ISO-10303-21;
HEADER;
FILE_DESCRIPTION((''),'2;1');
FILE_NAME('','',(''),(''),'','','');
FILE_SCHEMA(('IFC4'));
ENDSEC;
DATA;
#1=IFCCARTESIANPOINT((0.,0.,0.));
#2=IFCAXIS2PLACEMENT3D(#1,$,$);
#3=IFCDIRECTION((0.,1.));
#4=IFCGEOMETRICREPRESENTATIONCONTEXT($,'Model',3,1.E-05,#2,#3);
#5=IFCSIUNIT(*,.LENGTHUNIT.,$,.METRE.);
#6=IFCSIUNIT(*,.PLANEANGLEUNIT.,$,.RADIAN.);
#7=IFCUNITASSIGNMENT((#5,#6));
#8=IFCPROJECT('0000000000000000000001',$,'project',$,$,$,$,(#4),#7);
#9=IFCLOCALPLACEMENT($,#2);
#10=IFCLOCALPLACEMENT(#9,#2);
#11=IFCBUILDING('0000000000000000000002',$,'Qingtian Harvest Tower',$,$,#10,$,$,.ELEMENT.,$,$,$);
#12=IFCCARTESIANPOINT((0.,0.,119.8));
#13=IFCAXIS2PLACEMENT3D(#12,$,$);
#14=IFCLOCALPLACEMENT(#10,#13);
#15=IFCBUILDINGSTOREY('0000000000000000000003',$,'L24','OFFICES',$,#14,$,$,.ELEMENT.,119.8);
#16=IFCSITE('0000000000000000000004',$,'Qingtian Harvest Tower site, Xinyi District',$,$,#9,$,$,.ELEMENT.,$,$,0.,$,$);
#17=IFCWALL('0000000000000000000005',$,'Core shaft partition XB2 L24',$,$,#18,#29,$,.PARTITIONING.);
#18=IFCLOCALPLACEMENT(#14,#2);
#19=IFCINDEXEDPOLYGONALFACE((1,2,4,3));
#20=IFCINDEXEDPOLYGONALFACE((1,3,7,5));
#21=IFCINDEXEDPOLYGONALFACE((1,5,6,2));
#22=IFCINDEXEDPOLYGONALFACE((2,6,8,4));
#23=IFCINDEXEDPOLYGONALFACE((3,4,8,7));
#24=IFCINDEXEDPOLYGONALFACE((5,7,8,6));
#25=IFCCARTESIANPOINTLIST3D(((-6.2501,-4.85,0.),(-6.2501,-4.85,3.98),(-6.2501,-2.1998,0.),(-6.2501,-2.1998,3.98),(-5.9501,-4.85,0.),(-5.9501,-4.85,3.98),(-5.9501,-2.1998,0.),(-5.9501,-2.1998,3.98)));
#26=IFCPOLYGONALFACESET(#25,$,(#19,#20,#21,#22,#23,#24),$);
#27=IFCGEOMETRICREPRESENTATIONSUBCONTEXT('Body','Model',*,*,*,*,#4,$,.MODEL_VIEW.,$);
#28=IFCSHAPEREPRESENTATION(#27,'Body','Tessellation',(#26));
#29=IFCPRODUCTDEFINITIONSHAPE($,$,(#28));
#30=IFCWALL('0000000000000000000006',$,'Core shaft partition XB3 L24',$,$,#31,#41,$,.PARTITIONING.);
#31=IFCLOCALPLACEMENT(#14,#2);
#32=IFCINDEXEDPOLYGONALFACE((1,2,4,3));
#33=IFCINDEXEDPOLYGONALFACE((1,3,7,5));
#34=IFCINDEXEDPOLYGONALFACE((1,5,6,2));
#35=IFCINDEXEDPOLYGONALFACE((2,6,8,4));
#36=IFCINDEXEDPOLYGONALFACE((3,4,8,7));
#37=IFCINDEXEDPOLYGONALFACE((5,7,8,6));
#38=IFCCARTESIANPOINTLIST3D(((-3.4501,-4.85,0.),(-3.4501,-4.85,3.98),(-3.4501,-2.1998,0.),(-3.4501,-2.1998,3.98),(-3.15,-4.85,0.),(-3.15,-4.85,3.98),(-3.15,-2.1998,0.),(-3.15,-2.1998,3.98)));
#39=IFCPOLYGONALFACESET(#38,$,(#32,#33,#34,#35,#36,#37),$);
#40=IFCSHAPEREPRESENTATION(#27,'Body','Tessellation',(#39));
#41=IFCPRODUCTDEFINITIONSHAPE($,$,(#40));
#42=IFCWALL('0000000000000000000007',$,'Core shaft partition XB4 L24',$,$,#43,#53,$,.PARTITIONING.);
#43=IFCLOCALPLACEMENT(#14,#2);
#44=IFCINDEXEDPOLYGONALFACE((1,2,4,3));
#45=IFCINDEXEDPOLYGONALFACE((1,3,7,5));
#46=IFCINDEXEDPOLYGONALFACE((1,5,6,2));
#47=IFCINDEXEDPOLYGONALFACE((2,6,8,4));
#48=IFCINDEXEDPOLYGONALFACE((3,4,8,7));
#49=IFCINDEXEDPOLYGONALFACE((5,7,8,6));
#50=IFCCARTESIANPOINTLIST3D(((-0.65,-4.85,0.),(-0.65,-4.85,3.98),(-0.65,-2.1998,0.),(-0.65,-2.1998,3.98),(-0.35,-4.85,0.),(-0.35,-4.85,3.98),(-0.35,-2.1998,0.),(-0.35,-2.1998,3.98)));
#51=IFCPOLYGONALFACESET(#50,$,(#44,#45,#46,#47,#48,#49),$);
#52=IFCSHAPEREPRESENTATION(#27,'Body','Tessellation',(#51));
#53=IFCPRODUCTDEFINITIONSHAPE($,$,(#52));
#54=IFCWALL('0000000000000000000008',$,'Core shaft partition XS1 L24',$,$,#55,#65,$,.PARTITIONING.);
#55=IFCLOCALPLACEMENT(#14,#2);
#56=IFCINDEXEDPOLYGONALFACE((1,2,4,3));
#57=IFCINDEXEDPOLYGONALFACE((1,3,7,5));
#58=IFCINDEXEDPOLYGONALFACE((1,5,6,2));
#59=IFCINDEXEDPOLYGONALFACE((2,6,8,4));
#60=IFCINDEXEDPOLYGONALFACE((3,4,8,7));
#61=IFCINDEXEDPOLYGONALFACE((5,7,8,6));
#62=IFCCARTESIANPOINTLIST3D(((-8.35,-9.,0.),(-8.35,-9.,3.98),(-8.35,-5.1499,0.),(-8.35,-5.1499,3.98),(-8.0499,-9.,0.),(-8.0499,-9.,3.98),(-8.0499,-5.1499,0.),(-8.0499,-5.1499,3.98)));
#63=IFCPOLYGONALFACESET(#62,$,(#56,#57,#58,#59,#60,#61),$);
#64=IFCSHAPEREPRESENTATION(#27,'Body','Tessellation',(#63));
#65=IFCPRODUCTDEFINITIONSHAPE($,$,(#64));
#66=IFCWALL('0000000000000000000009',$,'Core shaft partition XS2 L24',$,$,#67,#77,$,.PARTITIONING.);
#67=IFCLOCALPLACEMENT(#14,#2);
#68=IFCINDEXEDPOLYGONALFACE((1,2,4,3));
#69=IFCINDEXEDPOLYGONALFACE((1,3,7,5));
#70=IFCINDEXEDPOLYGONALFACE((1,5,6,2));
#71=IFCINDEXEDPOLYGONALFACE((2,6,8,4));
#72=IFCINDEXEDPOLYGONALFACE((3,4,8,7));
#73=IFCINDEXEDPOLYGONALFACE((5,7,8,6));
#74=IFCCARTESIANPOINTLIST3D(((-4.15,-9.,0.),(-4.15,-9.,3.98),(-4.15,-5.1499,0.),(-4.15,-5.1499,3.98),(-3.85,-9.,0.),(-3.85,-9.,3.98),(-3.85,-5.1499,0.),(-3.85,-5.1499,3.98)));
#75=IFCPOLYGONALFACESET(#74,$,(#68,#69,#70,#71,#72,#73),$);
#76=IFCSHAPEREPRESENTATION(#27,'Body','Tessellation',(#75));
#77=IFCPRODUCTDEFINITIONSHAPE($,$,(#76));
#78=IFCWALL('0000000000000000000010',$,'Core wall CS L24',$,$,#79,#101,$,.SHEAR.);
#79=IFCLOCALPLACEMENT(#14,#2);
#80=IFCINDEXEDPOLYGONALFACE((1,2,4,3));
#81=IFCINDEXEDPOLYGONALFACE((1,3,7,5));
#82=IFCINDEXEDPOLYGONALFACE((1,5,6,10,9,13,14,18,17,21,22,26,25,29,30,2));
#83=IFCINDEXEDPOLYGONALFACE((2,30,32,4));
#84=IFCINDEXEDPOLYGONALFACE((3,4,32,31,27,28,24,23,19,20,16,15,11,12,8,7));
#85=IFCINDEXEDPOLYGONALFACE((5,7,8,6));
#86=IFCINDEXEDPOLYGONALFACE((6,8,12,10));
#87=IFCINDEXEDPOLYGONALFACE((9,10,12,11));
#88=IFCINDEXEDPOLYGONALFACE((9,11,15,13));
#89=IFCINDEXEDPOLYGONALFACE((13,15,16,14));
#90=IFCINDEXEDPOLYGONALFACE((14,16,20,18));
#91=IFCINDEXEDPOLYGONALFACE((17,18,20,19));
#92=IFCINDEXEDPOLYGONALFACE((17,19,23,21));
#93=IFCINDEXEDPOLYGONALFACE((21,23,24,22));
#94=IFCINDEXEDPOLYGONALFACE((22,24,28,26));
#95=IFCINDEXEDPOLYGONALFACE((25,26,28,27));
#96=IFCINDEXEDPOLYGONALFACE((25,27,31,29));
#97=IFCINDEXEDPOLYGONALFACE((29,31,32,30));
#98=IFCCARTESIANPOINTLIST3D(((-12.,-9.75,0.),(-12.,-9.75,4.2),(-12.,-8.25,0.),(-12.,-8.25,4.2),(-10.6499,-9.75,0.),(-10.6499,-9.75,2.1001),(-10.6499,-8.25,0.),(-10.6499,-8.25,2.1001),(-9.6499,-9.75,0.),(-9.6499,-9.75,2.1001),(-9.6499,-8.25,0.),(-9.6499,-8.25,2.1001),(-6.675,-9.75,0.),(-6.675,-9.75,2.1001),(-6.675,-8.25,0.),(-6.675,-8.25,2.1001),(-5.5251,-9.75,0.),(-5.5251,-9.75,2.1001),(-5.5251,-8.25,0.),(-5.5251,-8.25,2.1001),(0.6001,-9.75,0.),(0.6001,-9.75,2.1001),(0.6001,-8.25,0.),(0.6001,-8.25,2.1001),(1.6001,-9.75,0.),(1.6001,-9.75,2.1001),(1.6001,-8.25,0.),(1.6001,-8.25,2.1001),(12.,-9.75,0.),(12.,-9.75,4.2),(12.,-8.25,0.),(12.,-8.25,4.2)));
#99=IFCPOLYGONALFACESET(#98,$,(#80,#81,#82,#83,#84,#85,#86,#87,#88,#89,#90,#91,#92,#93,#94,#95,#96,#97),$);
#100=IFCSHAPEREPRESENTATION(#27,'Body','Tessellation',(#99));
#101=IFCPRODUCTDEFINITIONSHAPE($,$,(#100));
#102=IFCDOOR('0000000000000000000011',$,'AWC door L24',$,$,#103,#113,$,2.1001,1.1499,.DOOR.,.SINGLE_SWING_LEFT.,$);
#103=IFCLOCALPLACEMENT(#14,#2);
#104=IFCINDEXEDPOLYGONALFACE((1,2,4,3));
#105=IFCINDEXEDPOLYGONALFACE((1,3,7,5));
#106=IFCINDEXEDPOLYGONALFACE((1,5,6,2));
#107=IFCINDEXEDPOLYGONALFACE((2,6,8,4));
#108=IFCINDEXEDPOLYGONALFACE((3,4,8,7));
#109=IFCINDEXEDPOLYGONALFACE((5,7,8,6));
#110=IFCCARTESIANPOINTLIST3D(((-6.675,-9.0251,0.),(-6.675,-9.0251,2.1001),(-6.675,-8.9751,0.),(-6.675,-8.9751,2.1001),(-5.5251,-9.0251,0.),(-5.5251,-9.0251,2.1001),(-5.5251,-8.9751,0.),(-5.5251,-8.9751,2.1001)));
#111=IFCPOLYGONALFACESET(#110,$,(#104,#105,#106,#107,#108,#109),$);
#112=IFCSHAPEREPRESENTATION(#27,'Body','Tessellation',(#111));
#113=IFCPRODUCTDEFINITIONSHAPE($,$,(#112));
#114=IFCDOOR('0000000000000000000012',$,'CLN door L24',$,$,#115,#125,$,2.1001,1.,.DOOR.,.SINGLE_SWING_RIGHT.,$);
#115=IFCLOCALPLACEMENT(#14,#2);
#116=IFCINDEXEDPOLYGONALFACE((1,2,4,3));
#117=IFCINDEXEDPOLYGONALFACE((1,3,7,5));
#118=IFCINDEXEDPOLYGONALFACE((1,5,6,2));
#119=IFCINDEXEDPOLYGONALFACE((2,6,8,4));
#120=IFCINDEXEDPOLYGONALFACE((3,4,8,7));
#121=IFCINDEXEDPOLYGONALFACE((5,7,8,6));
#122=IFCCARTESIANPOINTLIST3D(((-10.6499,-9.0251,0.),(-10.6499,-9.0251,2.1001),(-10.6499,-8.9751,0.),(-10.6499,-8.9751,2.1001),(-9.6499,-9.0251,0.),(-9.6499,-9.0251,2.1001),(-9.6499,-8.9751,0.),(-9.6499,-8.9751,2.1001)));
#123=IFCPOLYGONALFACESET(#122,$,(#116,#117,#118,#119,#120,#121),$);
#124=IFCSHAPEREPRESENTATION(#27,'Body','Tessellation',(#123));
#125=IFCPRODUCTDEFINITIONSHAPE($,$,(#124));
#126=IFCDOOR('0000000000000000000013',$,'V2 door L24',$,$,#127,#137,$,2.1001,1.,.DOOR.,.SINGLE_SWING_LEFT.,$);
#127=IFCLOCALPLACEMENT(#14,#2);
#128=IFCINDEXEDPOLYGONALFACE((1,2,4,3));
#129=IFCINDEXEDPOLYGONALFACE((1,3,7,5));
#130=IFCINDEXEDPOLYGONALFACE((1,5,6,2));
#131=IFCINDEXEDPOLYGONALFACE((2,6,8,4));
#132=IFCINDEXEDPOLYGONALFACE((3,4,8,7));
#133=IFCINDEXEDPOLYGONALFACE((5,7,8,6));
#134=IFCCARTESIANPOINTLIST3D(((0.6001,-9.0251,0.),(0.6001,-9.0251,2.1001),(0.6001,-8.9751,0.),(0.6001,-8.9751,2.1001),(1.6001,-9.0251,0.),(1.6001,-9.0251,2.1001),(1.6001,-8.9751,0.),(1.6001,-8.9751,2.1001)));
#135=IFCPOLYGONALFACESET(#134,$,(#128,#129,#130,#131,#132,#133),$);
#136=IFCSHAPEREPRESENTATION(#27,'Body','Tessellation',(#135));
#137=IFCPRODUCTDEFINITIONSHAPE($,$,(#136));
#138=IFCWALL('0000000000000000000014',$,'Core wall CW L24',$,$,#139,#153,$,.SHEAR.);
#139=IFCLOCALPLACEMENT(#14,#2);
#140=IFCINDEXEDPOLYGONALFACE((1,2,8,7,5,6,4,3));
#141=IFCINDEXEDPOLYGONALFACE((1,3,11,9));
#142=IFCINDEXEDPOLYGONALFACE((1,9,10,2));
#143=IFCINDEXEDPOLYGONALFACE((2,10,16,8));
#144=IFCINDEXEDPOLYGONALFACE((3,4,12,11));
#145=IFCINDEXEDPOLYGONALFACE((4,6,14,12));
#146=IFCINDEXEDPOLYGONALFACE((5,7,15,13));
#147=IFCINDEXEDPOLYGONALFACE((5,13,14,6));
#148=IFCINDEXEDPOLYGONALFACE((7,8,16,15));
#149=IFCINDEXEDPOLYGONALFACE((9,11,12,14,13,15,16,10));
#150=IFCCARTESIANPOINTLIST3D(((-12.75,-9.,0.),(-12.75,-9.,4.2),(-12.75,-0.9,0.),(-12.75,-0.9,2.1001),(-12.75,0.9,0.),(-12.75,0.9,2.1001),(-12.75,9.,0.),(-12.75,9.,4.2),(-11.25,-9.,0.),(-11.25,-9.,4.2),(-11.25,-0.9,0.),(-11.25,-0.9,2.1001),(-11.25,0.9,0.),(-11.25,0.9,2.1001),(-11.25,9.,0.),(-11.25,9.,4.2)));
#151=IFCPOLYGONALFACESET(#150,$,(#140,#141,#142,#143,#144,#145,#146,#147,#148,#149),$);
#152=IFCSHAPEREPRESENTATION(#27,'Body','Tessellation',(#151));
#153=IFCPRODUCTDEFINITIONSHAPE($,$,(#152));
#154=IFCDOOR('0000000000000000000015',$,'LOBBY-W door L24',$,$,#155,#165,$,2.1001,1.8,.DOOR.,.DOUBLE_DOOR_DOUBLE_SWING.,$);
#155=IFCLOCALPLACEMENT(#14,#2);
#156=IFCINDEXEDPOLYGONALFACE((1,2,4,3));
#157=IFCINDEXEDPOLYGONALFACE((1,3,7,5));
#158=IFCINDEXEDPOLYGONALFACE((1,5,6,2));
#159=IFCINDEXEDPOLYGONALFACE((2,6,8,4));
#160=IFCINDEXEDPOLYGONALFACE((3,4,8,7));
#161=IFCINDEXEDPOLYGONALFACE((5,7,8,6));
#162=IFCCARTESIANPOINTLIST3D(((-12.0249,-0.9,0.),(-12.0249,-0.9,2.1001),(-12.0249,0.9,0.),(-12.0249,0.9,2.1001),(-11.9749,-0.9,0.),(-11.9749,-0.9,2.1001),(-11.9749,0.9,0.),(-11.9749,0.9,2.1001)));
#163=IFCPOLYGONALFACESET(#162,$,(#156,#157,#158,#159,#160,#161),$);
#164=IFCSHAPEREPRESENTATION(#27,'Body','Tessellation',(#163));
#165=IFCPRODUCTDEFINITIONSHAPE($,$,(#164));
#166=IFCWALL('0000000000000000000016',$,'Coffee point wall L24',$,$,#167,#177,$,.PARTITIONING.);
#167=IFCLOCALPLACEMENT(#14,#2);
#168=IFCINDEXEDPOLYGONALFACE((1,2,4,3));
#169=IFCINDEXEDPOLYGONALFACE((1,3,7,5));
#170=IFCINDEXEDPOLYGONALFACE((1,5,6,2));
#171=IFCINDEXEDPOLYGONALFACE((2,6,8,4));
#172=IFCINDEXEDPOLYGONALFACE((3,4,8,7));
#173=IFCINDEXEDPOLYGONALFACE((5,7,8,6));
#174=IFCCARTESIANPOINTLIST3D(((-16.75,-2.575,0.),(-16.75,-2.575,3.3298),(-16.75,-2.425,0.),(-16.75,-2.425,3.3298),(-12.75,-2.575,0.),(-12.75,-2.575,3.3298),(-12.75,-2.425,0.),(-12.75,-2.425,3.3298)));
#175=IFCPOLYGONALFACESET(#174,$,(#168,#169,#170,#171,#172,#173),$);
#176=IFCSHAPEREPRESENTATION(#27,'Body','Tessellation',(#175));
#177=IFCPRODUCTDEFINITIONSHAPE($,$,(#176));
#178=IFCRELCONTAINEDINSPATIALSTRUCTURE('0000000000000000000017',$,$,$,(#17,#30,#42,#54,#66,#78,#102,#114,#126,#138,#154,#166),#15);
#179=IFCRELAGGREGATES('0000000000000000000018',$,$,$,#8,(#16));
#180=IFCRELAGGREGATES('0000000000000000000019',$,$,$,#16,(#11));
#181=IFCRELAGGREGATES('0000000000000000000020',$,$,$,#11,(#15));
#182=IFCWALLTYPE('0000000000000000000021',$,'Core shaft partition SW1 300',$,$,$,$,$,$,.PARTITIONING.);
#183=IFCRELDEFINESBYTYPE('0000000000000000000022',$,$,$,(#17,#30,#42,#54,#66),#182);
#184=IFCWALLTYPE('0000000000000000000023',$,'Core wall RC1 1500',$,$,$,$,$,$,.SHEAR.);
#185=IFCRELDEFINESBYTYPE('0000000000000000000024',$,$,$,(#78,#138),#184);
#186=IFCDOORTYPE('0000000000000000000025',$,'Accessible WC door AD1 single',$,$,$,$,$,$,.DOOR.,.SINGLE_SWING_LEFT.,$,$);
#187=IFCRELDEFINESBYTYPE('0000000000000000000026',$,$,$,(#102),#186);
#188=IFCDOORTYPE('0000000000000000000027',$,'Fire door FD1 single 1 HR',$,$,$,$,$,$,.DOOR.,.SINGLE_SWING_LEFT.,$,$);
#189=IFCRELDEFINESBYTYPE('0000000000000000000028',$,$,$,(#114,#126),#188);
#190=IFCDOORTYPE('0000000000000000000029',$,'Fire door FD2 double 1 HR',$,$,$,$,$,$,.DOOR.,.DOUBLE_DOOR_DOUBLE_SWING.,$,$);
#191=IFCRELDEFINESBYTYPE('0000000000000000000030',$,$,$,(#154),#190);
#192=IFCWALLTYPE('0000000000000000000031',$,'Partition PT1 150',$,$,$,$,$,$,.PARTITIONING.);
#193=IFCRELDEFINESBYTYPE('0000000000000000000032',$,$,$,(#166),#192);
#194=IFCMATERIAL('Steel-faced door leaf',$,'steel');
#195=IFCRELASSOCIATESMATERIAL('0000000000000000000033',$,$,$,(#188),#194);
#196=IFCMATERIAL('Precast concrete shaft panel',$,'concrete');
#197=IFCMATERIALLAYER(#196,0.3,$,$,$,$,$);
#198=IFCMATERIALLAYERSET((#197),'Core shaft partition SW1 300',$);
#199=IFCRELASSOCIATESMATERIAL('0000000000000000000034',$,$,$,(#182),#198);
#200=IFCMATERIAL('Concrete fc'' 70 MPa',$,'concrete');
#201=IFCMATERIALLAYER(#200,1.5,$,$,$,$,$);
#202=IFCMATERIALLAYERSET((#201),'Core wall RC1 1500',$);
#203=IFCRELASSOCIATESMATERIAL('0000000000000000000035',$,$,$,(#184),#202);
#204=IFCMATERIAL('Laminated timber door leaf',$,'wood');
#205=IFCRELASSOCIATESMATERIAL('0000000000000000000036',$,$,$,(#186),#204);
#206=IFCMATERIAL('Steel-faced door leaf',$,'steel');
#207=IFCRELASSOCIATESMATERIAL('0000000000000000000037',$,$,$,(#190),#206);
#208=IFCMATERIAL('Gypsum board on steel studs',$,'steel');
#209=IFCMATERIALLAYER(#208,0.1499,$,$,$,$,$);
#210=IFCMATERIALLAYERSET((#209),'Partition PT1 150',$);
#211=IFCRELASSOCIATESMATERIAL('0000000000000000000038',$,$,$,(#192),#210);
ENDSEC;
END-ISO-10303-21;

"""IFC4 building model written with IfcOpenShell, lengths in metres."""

from ifc_helpers import new_model, si_unit, direction, frame, frame_2d, origin, place, context, subcontext, project, spatial, rectangle, extrude, material, layer, layer_set, type_object, element, fill, save


model = new_model("IFC4")

# Units and contexts
model_context = context("Model", 3, precision=1e-05, world=origin(), true_north=direction((0.0, 1.0)))
body_context = subcontext(model_context, "Body", "Model", "MODEL_VIEW")
ifc_project = project(units=[si_unit("LENGTHUNIT", "METRE"), si_unit("PLANEANGLEUNIT", "RADIAN")], contexts=[model_context])

# Site, building, storey
site_placement = place(None, origin())
site = spatial("IfcSite", under=ifc_project, at=site_placement, Name="Qingtian Harvest Tower site, Xinyi District", CompositionType="ELEMENT", RefElevation=0.0)
building_placement = place(site_placement, origin())
building = spatial("IfcBuilding", under=site, at=building_placement, Name="Qingtian Harvest Tower", CompositionType="ELEMENT")
storey_placement = place(building_placement, frame((0.0, 0.0, 119.8)))
storey = spatial("IfcBuildingStorey", under=building, at=storey_placement, Name="L24", Description="OFFICES", CompositionType="ELEMENT", Elevation=119.8)

# Shared definitions
ifc_material_1 = material(Name="Steel-faced door leaf", Category="steel")
door_type_1 = type_object("IfcDoorType", Name="Fire door FD1 single 1 HR", OperationType="SINGLE_SWING_LEFT", PredefinedType="DOOR", material=ifc_material_1)

# Walls
ifc_material_2 = material(Name="Precast concrete shaft panel", Category="concrete")
ifc_layer_1 = layer(ifc_material_2, 0.3)
ifc_layer_set_1 = layer_set([ifc_layer_1], Name="Core shaft partition SW1 300")
wall_type_1 = type_object("IfcWallType", Name="Core shaft partition SW1 300", PredefinedType="PARTITIONING", material=ifc_layer_set_1)
for number, where, z_axis, x_axis, name in (
    (1, (-6.1001, -4.8501, 0.0), (0.0, 0.0, 1.0), (0.0, 1.0, 0.0), "Core shaft partition XB2 L24"),
    (2, (-3.3, -4.8501, 0.0), (0.0, 0.0, 1.0), (0.0, 1.0, 0.0), "Core shaft partition XB3 L24"),
    (3, (-0.5, -4.8501, 0.0), (0.0, 0.0, 1.0), (0.0, 1.0, 0.0), "Core shaft partition XB4 L24"),
):
    element("IfcWall", number, at=place(storey_placement, frame(where, z_axis=z_axis, x_axis=x_axis)), inside=storey, type_object=wall_type_1, Name=name, PredefinedType="PARTITIONING", context=body_context, shape_type="SweptSolid", body=[
        extrude(rectangle(XDim=2.6501, YDim=0.3, at=frame_2d((1.3252, 0.0))), origin(), (0.0, 0.0, 1.0), 3.98),
    ])
for number, where, z_axis, x_axis, name in (
    (4, (-8.2, -9.0, 0.0), (0.0, 0.0, 1.0), (0.0, 1.0, 0.0), "Core shaft partition XS1 L24"),
    (5, (-4.0, -9.0, 0.0), (0.0, 0.0, 1.0), (0.0, 1.0, 0.0), "Core shaft partition XS2 L24"),
):
    element("IfcWall", number, at=place(storey_placement, frame(where, z_axis=z_axis, x_axis=x_axis)), inside=storey, type_object=wall_type_1, Name=name, PredefinedType="PARTITIONING", context=body_context, shape_type="SweptSolid", body=[
        extrude(rectangle(XDim=3.8501, YDim=0.3, at=frame_2d((1.925, 0.0))), origin(), (0.0, 0.0, 1.0), 3.98),
    ])

# Wall, openings, doors
ifc_material_3 = material(Name="Concrete fc' 70 MPa", Category="concrete")
ifc_layer_2 = layer(ifc_material_3, 1.5)
ifc_layer_set_2 = layer_set([ifc_layer_2], Name="Core wall RC1 1500")
wall_type_2 = type_object("IfcWallType", Name="Core wall RC1 1500", PredefinedType="SHEAR", material=ifc_layer_set_2)
wall_1_placement = place(storey_placement, frame((-12.0, -9.0, 0.0), z_axis=(0.0, 0.0, 1.0), x_axis=(1.0, 0.0, 0.0)))
wall_1 = element("IfcWall", 6, at=wall_1_placement, inside=storey, type_object=wall_type_2, Name="Core wall CS L24", PredefinedType="SHEAR", context=body_context, shape_type="SweptSolid", body=[
    extrude(rectangle(XDim=24.0, YDim=1.5, at=frame_2d((12.0, 0.0))), origin(), (0.0, 0.0, 1.0), 4.2),
])
opening_1_placement = place(wall_1_placement, frame((1.3501, 0.0, 0.0)))
opening_1 = element("IfcOpeningElement", 7, at=opening_1_placement, cuts=wall_1, PredefinedType="OPENING", context=body_context, shape_type="SweptSolid", body=[
    extrude(rectangle(XDim=1.0, YDim=2.1001, at=frame_2d((0.5, 1.05))), frame((0.0, 0.76, 0.0), z_axis=(0.0, -1.0, 0.0), x_axis=(1.0, 0.0, 0.0)), (0.0, 0.0, 1.0), 1.52),
])
opening_2_placement = place(wall_1_placement, frame((5.325, 0.0, 0.0)))
opening_2 = element("IfcOpeningElement", 8, at=opening_2_placement, cuts=wall_1, PredefinedType="OPENING", context=body_context, shape_type="SweptSolid", body=[
    extrude(rectangle(XDim=1.1499, YDim=2.1001, at=frame_2d((0.575, 1.05))), frame((0.0, 0.76, 0.0), z_axis=(0.0, -1.0, 0.0), x_axis=(1.0, 0.0, 0.0)), (0.0, 0.0, 1.0), 1.52),
])
opening_3_placement = place(wall_1_placement, frame((12.6001, 0.0, 0.0)))
opening_3 = element("IfcOpeningElement", 9, at=opening_3_placement, cuts=wall_1, PredefinedType="OPENING", context=body_context, shape_type="SweptSolid", body=[
    extrude(rectangle(XDim=1.0, YDim=2.1001, at=frame_2d((0.5, 1.05))), frame((0.0, 0.76, 0.0), z_axis=(0.0, -1.0, 0.0), x_axis=(1.0, 0.0, 0.0)), (0.0, 0.0, 1.0), 1.52),
])
ifc_material_4 = material(Name="Laminated timber door leaf", Category="wood")
door_type_2 = type_object("IfcDoorType", Name="Accessible WC door AD1 single", OperationType="SINGLE_SWING_LEFT", PredefinedType="DOOR", material=ifc_material_4)
door_1_placement = place(opening_2_placement, origin())
door_1 = element("IfcDoor", 10, at=door_1_placement, inside=storey, type_object=door_type_2, Name="AWC door L24", OperationType="SINGLE_SWING_LEFT", OverallHeight=2.1001, OverallWidth=1.1499, PredefinedType="DOOR", context=body_context, shape_type="SweptSolid", body=[
    extrude(rectangle(XDim=1.1499, YDim=2.1001, at=frame_2d((0.575, 1.05))), frame((0.0, 0.0249, 0.0), z_axis=(0.0, -1.0, 0.0), x_axis=(1.0, 0.0, 0.0)), (0.0, 0.0, 1.0), 0.05),
])
fill(opening_2, door_1)
door_2_placement = place(opening_1_placement, origin())
door_2 = element("IfcDoor", 11, at=door_2_placement, inside=storey, type_object=door_type_1, Name="CLN door L24", OperationType="SINGLE_SWING_RIGHT", OverallHeight=2.1001, OverallWidth=1.0, PredefinedType="DOOR", context=body_context, shape_type="SweptSolid", body=[
    extrude(rectangle(XDim=1.0, YDim=2.1001, at=frame_2d((0.5, 1.05))), frame((0.0, 0.0249, 0.0), z_axis=(0.0, -1.0, 0.0), x_axis=(1.0, 0.0, 0.0)), (0.0, 0.0, 1.0), 0.05),
])
fill(opening_1, door_2)
door_3_placement = place(opening_3_placement, origin())
door_3 = element("IfcDoor", 12, at=door_3_placement, inside=storey, type_object=door_type_1, Name="V2 door L24", OperationType="SINGLE_SWING_LEFT", OverallHeight=2.1001, OverallWidth=1.0, PredefinedType="DOOR", context=body_context, shape_type="SweptSolid", body=[
    extrude(rectangle(XDim=1.0, YDim=2.1001, at=frame_2d((0.5, 1.05))), frame((0.0, 0.0249, 0.0), z_axis=(0.0, -1.0, 0.0), x_axis=(1.0, 0.0, 0.0)), (0.0, 0.0, 1.0), 0.05),
])
fill(opening_3, door_3)

# Wall, opening, door
wall_2_placement = place(storey_placement, frame((-12.0, -9.0, 0.0), z_axis=(0.0, 0.0, 1.0), x_axis=(0.0, 1.0, 0.0)))
wall_2 = element("IfcWall", 13, at=wall_2_placement, inside=storey, type_object=wall_type_2, Name="Core wall CW L24", PredefinedType="SHEAR", context=body_context, shape_type="SweptSolid", body=[
    extrude(rectangle(XDim=18.0, YDim=1.5, at=frame_2d((9.0, 0.0))), origin(), (0.0, 0.0, 1.0), 4.2),
])
opening_4_placement = place(wall_2_placement, frame((8.1001, 0.0, 0.0)))
opening_4 = element("IfcOpeningElement", 14, at=opening_4_placement, cuts=wall_2, PredefinedType="OPENING", context=body_context, shape_type="SweptSolid", body=[
    extrude(rectangle(XDim=1.8, YDim=2.1001, at=frame_2d((0.8999, 1.05))), frame((0.0, 0.76, 0.0), z_axis=(0.0, -1.0, 0.0), x_axis=(1.0, 0.0, 0.0)), (0.0, 0.0, 1.0), 1.52),
])
ifc_material_5 = material(Name="Steel-faced door leaf", Category="steel")
door_type_3 = type_object("IfcDoorType", Name="Fire door FD2 double 1 HR", OperationType="DOUBLE_DOOR_DOUBLE_SWING", PredefinedType="DOOR", material=ifc_material_5)
door_4_placement = place(opening_4_placement, origin())
door_4 = element("IfcDoor", 15, at=door_4_placement, inside=storey, type_object=door_type_3, Name="LOBBY-W door L24", OperationType="DOUBLE_DOOR_DOUBLE_SWING", OverallHeight=2.1001, OverallWidth=1.8, PredefinedType="DOOR", context=body_context, shape_type="SweptSolid", body=[
    extrude(rectangle(XDim=1.8, YDim=2.1001, at=frame_2d((0.8999, 1.05))), frame((0.0, 0.0249, 0.0), z_axis=(0.0, -1.0, 0.0), x_axis=(1.0, 0.0, 0.0)), (0.0, 0.0, 1.0), 0.05),
])
fill(opening_4, door_4)
ifc_material_6 = material(Name="Gypsum board on steel studs", Category="steel")
ifc_layer_3 = layer(ifc_material_6, 0.1499)
ifc_layer_set_3 = layer_set([ifc_layer_3], Name="Partition PT1 150")
wall_type_3 = type_object("IfcWallType", Name="Partition PT1 150", PredefinedType="PARTITIONING", material=ifc_layer_set_3)

# Wall
wall_3_placement = place(storey_placement, frame((-12.75, -2.5, 0.0), z_axis=(0.0, 0.0, 1.0), x_axis=(-1.0, 0.0, 0.0)))
element("IfcWall", 16, at=wall_3_placement, inside=storey, type_object=wall_type_3, Name="Coffee point wall L24", PredefinedType="PARTITIONING", context=body_context, shape_type="SweptSolid", body=[
    extrude(rectangle(XDim=4.0, YDim=0.1499, at=frame_2d((2.0, 0.0))), origin(), (0.0, 0.0, 1.0), 3.3298),
])

save(model, "model.ifc")
